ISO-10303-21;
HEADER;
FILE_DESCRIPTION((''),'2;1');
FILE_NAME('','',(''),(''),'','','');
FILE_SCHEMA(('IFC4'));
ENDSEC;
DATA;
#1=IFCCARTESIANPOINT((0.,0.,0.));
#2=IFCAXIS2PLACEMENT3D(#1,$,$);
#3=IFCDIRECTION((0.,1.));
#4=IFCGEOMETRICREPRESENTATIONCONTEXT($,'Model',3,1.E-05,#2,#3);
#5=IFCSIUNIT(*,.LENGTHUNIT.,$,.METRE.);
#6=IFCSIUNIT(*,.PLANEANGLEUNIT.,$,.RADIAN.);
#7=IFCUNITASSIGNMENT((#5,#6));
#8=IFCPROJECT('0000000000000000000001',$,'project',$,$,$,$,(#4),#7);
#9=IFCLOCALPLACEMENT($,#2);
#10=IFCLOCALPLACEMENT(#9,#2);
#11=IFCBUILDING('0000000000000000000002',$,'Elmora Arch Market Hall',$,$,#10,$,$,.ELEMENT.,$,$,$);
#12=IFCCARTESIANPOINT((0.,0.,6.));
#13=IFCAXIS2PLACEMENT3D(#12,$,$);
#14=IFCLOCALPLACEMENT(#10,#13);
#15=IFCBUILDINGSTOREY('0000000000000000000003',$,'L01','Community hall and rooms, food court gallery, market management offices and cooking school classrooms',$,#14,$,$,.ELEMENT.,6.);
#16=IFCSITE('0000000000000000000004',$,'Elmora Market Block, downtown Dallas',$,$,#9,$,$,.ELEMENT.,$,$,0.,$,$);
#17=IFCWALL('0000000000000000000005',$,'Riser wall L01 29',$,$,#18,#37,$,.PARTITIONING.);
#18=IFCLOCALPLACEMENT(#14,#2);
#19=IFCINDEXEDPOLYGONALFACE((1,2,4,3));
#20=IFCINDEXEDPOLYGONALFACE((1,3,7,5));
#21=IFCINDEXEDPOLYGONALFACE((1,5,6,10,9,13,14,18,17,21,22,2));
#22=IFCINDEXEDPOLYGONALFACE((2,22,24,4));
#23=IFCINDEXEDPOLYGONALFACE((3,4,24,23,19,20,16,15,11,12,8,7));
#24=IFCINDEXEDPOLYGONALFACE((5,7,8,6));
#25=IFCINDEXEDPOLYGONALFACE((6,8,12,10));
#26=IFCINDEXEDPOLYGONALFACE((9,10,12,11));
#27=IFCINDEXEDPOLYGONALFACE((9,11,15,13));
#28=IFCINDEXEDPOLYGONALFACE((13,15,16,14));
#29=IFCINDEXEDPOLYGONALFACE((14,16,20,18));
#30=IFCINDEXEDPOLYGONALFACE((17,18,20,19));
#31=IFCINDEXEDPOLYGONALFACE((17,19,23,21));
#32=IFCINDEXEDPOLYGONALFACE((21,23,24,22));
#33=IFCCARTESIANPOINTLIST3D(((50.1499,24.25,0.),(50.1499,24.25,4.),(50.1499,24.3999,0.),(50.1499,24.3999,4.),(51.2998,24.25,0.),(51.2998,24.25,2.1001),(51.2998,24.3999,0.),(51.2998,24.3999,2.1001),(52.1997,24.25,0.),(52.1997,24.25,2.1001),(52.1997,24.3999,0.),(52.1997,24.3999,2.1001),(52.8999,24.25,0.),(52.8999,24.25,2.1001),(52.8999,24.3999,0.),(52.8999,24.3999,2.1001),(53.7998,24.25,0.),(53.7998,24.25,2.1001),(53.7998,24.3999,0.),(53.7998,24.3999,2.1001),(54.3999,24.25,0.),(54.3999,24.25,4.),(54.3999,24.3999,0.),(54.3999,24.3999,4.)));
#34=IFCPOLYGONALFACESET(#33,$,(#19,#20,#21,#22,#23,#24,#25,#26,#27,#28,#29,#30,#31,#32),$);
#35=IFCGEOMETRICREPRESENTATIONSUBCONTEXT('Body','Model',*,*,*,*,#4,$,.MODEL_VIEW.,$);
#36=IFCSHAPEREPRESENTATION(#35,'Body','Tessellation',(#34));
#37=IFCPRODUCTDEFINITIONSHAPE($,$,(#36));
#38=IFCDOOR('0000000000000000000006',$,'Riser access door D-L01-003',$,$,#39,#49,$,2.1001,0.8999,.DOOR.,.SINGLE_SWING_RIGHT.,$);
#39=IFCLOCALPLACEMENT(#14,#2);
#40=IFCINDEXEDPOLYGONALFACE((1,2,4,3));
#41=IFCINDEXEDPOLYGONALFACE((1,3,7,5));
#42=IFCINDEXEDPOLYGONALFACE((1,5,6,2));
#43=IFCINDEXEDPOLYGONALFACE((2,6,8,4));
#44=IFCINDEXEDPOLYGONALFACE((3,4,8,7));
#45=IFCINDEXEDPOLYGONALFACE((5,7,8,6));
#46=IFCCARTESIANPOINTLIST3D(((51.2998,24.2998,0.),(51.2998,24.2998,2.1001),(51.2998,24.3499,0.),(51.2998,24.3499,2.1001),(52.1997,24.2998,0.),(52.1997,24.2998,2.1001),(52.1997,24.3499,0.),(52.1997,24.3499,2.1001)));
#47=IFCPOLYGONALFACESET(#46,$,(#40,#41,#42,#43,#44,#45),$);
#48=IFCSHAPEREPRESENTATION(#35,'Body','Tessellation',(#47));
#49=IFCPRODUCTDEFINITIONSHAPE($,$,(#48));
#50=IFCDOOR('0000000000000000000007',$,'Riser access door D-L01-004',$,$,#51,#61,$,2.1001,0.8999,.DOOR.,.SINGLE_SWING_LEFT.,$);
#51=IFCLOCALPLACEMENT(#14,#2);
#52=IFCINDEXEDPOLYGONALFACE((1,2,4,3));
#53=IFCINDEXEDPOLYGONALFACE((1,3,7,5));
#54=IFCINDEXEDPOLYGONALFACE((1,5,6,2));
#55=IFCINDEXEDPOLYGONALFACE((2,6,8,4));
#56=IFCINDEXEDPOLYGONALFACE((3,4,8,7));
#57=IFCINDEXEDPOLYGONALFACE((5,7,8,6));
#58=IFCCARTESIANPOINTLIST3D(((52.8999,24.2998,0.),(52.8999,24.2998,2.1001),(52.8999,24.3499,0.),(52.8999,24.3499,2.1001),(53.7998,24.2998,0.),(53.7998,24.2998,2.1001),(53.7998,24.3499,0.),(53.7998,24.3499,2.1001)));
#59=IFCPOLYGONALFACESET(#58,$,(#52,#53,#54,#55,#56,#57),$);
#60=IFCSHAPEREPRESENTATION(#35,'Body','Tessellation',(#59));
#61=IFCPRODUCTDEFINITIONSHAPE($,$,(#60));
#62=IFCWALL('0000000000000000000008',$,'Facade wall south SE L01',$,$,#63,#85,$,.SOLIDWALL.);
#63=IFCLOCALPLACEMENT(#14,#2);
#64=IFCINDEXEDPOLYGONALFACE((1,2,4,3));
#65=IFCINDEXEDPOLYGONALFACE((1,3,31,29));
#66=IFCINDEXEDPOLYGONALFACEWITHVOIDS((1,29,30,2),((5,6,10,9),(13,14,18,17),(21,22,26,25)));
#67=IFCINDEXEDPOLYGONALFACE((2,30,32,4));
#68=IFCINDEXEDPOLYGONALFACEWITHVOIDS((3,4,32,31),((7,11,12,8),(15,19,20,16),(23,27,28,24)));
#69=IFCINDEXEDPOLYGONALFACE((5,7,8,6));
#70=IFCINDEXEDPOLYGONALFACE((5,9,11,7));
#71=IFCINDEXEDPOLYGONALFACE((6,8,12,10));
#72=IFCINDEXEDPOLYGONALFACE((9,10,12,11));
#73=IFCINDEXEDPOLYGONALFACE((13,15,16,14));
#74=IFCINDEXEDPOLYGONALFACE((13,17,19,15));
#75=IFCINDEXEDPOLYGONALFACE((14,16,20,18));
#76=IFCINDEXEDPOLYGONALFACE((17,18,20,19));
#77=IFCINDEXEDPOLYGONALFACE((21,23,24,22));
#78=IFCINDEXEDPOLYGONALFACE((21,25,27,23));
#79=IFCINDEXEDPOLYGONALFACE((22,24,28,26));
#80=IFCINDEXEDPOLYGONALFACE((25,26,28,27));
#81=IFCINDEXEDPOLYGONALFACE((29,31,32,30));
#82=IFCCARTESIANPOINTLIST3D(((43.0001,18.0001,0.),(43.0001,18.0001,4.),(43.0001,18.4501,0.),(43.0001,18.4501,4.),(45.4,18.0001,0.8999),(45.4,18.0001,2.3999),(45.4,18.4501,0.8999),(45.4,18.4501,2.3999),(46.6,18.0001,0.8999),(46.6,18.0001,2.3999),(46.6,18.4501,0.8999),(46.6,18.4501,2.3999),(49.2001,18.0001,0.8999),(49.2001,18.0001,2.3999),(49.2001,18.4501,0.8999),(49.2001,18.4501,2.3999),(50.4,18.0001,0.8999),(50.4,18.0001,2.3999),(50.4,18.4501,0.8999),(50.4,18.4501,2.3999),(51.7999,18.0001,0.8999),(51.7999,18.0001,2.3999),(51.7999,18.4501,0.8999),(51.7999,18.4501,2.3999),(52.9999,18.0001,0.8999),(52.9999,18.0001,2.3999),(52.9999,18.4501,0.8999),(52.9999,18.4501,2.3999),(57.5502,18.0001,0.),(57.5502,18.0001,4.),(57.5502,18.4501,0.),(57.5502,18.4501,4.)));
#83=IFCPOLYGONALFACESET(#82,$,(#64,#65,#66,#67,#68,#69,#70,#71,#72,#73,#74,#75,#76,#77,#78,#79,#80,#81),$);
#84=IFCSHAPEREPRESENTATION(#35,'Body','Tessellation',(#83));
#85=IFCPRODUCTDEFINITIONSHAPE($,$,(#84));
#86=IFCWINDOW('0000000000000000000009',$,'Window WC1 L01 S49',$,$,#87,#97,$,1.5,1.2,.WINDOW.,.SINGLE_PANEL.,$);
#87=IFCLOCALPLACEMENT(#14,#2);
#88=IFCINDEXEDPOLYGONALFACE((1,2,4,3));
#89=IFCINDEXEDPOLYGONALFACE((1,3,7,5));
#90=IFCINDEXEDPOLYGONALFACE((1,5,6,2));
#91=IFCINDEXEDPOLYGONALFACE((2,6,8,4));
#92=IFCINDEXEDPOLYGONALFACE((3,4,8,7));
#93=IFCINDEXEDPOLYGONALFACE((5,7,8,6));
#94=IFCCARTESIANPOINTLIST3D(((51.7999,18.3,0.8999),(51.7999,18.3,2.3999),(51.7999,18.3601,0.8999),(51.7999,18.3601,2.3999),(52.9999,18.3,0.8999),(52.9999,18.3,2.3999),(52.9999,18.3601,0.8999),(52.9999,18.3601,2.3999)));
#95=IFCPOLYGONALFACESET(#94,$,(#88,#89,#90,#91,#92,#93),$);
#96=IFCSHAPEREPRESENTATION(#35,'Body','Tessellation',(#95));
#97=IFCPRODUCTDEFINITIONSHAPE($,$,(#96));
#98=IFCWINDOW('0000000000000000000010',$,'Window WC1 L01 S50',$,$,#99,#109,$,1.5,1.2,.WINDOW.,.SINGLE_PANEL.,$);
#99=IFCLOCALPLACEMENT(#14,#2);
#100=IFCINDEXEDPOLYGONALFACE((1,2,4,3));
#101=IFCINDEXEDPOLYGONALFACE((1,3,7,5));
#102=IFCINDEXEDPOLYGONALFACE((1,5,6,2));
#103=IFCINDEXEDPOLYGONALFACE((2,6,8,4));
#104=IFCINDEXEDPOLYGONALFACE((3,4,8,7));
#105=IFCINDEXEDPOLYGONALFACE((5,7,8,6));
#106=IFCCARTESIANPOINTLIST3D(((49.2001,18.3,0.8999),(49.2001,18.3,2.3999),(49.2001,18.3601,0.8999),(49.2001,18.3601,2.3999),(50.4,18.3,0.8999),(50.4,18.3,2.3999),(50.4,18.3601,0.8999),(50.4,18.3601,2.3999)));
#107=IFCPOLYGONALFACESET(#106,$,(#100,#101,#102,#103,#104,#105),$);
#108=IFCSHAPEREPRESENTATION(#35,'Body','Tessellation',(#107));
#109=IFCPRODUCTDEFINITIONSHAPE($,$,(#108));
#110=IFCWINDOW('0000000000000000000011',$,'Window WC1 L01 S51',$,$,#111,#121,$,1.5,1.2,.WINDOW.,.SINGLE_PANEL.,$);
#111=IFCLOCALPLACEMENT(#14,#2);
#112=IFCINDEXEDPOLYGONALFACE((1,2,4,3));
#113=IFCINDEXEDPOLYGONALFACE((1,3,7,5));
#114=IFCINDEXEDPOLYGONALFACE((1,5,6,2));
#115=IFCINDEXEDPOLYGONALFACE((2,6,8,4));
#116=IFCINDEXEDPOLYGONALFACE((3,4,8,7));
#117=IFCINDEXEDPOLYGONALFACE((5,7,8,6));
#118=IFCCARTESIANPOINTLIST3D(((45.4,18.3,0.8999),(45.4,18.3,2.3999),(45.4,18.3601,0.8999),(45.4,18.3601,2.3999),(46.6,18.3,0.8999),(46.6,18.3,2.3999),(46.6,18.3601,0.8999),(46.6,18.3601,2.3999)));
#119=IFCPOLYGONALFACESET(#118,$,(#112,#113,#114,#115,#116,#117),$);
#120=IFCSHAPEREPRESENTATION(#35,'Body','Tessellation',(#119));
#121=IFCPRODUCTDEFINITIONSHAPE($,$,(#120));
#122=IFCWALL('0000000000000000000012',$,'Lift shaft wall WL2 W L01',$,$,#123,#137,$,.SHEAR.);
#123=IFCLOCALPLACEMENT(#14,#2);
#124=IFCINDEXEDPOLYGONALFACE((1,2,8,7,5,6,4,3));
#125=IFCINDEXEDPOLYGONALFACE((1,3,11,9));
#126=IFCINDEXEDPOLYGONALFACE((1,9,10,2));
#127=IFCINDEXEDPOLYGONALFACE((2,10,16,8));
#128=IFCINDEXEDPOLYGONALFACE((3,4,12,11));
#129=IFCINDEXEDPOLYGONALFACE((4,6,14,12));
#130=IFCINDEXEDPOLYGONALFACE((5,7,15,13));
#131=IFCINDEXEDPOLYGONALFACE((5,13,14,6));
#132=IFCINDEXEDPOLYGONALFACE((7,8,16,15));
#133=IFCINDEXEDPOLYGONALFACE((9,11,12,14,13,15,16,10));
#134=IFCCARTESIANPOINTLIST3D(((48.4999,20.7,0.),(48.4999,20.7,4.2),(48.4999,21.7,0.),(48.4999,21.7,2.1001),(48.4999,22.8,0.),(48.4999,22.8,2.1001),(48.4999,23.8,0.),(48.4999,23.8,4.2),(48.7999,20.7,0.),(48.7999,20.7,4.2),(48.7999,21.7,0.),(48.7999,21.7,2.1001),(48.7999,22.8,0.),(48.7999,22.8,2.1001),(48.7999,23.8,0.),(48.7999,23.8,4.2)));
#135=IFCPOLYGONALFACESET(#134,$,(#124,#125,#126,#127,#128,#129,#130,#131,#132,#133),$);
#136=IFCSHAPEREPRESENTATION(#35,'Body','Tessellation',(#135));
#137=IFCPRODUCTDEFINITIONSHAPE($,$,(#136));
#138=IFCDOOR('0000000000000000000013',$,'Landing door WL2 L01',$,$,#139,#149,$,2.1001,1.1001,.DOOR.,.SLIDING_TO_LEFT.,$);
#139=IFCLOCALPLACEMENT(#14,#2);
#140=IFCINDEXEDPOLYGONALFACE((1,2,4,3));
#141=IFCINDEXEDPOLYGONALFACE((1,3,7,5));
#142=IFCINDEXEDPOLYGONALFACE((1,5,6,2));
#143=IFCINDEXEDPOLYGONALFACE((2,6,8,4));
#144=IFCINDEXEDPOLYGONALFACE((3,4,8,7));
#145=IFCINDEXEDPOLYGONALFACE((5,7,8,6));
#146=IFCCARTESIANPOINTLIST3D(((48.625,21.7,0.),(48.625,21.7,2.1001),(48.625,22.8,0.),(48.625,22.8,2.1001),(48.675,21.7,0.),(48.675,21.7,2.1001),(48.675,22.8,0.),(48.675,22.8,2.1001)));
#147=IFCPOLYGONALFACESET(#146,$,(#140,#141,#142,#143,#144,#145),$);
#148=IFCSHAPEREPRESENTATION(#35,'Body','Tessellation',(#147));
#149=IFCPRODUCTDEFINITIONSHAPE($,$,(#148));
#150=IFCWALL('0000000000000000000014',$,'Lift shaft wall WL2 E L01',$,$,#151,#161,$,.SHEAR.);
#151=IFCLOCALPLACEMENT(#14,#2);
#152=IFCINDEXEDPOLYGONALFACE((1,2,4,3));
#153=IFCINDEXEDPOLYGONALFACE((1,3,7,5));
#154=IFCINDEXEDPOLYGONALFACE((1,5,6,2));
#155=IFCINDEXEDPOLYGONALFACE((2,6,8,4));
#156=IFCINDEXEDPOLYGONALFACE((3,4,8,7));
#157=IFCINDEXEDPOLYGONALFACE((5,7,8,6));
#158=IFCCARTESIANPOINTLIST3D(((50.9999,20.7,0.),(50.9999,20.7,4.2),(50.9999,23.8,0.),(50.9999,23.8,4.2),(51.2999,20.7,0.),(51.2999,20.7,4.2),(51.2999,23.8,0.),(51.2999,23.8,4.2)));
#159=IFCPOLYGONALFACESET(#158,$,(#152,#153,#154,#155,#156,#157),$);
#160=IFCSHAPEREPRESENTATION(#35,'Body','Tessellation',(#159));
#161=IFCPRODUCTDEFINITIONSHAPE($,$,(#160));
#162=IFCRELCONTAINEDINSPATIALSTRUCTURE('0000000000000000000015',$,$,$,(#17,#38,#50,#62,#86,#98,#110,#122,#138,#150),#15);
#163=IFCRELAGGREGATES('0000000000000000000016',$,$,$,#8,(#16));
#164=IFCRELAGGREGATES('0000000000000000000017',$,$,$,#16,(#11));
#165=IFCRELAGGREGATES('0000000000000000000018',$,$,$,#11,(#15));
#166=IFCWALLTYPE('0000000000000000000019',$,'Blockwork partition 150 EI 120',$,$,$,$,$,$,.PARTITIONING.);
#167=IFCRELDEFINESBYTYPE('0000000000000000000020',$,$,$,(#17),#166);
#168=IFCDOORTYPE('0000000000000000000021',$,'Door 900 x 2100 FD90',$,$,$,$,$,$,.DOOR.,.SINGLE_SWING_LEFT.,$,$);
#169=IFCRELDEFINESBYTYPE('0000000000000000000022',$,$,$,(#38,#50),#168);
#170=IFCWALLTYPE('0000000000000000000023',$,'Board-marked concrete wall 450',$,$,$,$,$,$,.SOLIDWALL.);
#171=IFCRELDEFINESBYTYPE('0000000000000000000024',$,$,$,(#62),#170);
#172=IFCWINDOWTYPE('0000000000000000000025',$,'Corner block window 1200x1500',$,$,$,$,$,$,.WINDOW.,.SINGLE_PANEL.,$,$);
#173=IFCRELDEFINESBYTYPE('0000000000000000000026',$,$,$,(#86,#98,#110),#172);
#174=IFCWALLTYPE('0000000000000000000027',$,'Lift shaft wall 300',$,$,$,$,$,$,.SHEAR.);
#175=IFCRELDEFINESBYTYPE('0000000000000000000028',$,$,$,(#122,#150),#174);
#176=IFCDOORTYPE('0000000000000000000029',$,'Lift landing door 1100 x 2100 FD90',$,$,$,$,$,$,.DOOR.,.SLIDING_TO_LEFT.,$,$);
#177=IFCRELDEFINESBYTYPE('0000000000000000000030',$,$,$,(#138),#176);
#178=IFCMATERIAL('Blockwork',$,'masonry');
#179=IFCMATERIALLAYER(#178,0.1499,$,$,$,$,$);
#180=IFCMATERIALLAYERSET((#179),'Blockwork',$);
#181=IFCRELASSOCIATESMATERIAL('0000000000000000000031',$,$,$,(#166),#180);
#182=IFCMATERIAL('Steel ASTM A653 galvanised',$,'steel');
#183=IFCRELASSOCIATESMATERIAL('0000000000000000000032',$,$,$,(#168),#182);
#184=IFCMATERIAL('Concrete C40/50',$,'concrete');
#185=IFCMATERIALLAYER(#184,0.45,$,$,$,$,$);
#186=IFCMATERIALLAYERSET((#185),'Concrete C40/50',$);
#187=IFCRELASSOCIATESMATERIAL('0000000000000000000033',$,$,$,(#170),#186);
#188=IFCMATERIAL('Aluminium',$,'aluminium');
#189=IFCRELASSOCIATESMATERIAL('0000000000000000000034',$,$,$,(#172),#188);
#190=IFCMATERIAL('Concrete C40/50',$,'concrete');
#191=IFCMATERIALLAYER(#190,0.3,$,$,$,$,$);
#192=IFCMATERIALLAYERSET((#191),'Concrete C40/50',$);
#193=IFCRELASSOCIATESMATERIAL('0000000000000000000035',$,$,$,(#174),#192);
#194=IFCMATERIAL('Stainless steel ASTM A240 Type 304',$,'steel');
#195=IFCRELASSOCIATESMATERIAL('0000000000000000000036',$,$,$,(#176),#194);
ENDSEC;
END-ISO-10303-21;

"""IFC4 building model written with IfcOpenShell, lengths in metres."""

from ifc_helpers import new_model, si_unit, direction, frame, frame_2d, origin, place, context, subcontext, project, spatial, rectangle, extrude, material, layer, layer_set, type_object, element, fill, save


model = new_model("IFC4")

# Units and contexts
model_context = context("Model", 3, precision=1e-05, world=origin(), true_north=direction((0.0, 1.0)))
body_context = subcontext(model_context, "Body", "Model", "MODEL_VIEW")
ifc_project = project(units=[si_unit("LENGTHUNIT", "METRE"), si_unit("PLANEANGLEUNIT", "RADIAN")], contexts=[model_context])

# Site, building, storey
site_placement = place(None, origin())
site = spatial("IfcSite", under=ifc_project, at=site_placement, Name="Elmora Market Block, downtown Dallas", CompositionType="ELEMENT", RefElevation=0.0)
building_placement = place(site_placement, origin())
building = spatial("IfcBuilding", under=site, at=building_placement, Name="Elmora Arch Market Hall", CompositionType="ELEMENT")
storey_placement = place(building_placement, frame((0.0, 0.0, 6.0)))
storey = spatial("IfcBuildingStorey", under=building, at=storey_placement, Name="L01", Description="Community hall and rooms, food court gallery, market management offices and cooking school classrooms", CompositionType="ELEMENT", Elevation=6.0)

# Wall, openings, doors
ifc_material_1 = material(Name="Blockwork", Category="masonry")
ifc_layer_1 = layer(ifc_material_1, 0.1499)
ifc_layer_set_1 = layer_set([ifc_layer_1], Name="Blockwork")
wall_type_1 = type_object("IfcWallType", Name="Blockwork partition 150 EI 120", PredefinedType="PARTITIONING", material=ifc_layer_set_1)
wall_1_placement = place(storey_placement, frame((50.1499, 24.325, 0.0), z_axis=(0.0, 0.0, 1.0), x_axis=(1.0, 0.0, 0.0)))
wall_1 = element("IfcWall", 1, at=wall_1_placement, inside=storey, type_object=wall_type_1, Name="Riser wall L01 29", PredefinedType="PARTITIONING", context=body_context, shape_type="SweptSolid", body=[
    extrude(rectangle(XDim=4.25, YDim=0.1499, at=frame_2d((2.125, 0.0))), origin(), (0.0, 0.0, 1.0), 4.0),
])
opening_1_placement = place(wall_1_placement, frame((1.1499, 0.0, 0.0)))
opening_1 = element("IfcOpeningElement", 2, at=opening_1_placement, cuts=wall_1, PredefinedType="OPENING", context=body_context, shape_type="SweptSolid", body=[
    extrude(rectangle(XDim=0.8999, YDim=2.1001, at=frame_2d((0.45, 1.05))), frame((0.0, 0.085, 0.0), z_axis=(0.0, -1.0, 0.0), x_axis=(1.0, 0.0, 0.0)), (0.0, 0.0, 1.0), 0.1699),
])
opening_2_placement = place(wall_1_placement, frame((2.75, 0.0, 0.0)))
opening_2 = element("IfcOpeningElement", 3, at=opening_2_placement, cuts=wall_1, PredefinedType="OPENING", context=body_context, shape_type="SweptSolid", body=[
    extrude(rectangle(XDim=0.8999, YDim=2.1001, at=frame_2d((0.45, 1.05))), frame((0.0, 0.085, 0.0), z_axis=(0.0, -1.0, 0.0), x_axis=(1.0, 0.0, 0.0)), (0.0, 0.0, 1.0), 0.1699),
])
ifc_material_2 = material(Name="Steel ASTM A653 galvanised", Category="steel")
door_type_1 = type_object("IfcDoorType", Name="Door 900 x 2100 FD90", OperationType="SINGLE_SWING_LEFT", PredefinedType="DOOR", material=ifc_material_2)
door_1_placement = place(opening_1_placement, origin())
door_1 = element("IfcDoor", 4, at=door_1_placement, inside=storey, type_object=door_type_1, Name="Riser access door D-L01-003", OperationType="SINGLE_SWING_RIGHT", OverallHeight=2.1001, OverallWidth=0.8999, PredefinedType="DOOR", context=body_context, shape_type="SweptSolid", body=[
    extrude(rectangle(XDim=0.8999, YDim=2.1001, at=frame_2d((0.45, 1.05))), frame((0.0, 0.0249, 0.0), z_axis=(0.0, -1.0, 0.0), x_axis=(1.0, 0.0, 0.0)), (0.0, 0.0, 1.0), 0.05),
])
fill(opening_1, door_1)
door_2_placement = place(opening_2_placement, origin())
door_2 = element("IfcDoor", 5, at=door_2_placement, inside=storey, type_object=door_type_1, Name="Riser access door D-L01-004", OperationType="SINGLE_SWING_LEFT", OverallHeight=2.1001, OverallWidth=0.8999, PredefinedType="DOOR", context=body_context, shape_type="SweptSolid", body=[
    extrude(rectangle(XDim=0.8999, YDim=2.1001, at=frame_2d((0.45, 1.05))), frame((0.0, 0.0249, 0.0), z_axis=(0.0, -1.0, 0.0), x_axis=(1.0, 0.0, 0.0)), (0.0, 0.0, 1.0), 0.05),
])
fill(opening_2, door_2)

# Wall, openings, windows
ifc_material_3 = material(Name="Concrete C40/50", Category="concrete")
ifc_layer_2 = layer(ifc_material_3, 0.45)
ifc_layer_set_2 = layer_set([ifc_layer_2], Name="Concrete C40/50")
wall_type_2 = type_object("IfcWallType", Name="Board-marked concrete wall 450", PredefinedType="SOLIDWALL", material=ifc_layer_set_2)
wall_2_placement = place(storey_placement, frame((57.55, 18.2251, 0.0), z_axis=(0.0, 0.0, 1.0), x_axis=(-1.0, 0.0, 0.0)))
wall_2 = element("IfcWall", 6, at=wall_2_placement, inside=storey, type_object=wall_type_2, Name="Facade wall south SE L01", PredefinedType="SOLIDWALL", context=body_context, shape_type="SweptSolid", body=[
    extrude(rectangle(XDim=14.55, YDim=0.45, at=frame_2d((7.2749, 0.0))), origin(), (0.0, 0.0, 1.0), 4.0),
])
opening_3_placement = place(wall_2_placement, frame((4.55, 0.0, 0.8999)))
opening_3 = element("IfcOpeningElement", 7, at=opening_3_placement, cuts=wall_2, PredefinedType="OPENING", context=body_context, shape_type="SweptSolid", body=[
    extrude(rectangle(XDim=1.2, YDim=1.5, at=frame_2d((0.6001, 0.75))), frame((0.0, 0.2349, 0.0), z_axis=(0.0, -1.0, 0.0), x_axis=(1.0, 0.0, 0.0)), (0.0, 0.0, 1.0), 0.47),
])
opening_4_placement = place(wall_2_placement, frame((7.1499, 0.0, 0.8999)))
opening_4 = element("IfcOpeningElement", 8, at=opening_4_placement, cuts=wall_2, PredefinedType="OPENING", context=body_context, shape_type="SweptSolid", body=[
    extrude(rectangle(XDim=1.2, YDim=1.5, at=frame_2d((0.6001, 0.75))), frame((0.0, 0.2349, 0.0), z_axis=(0.0, -1.0, 0.0), x_axis=(1.0, 0.0, 0.0)), (0.0, 0.0, 1.0), 0.47),
])
opening_5_placement = place(wall_2_placement, frame((10.95, 0.0, 0.8999)))
opening_5 = element("IfcOpeningElement", 9, at=opening_5_placement, cuts=wall_2, PredefinedType="OPENING", context=body_context, shape_type="SweptSolid", body=[
    extrude(rectangle(XDim=1.2, YDim=1.5, at=frame_2d((0.6001, 0.75))), frame((0.0, 0.2349, 0.0), z_axis=(0.0, -1.0, 0.0), x_axis=(1.0, 0.0, 0.0)), (0.0, 0.0, 1.0), 0.47),
])
ifc_material_4 = material(Name="Aluminium", Category="aluminium")
window_type = type_object("IfcWindowType", Name="Corner block window 1200x1500", PartitioningType="SINGLE_PANEL", PredefinedType="WINDOW", material=ifc_material_4)
window_1_placement = place(opening_3_placement, origin())
window_1 = element("IfcWindow", 10, at=window_1_placement, inside=storey, type_object=window_type, Name="Window WC1 L01 S49", OverallHeight=1.5, OverallWidth=1.2, PartitioningType="SINGLE_PANEL", PredefinedType="WINDOW", context=body_context, shape_type="SweptSolid", body=[
    extrude(rectangle(XDim=1.2, YDim=1.5, at=frame_2d((0.6001, 0.75))), frame((0.0, -0.075, 0.0), z_axis=(0.0, -1.0, 0.0), x_axis=(1.0, 0.0, 0.0)), (0.0, 0.0, 1.0), 0.0601),
])
fill(opening_3, window_1)
window_2_placement = place(opening_4_placement, origin())
window_2 = element("IfcWindow", 11, at=window_2_placement, inside=storey, type_object=window_type, Name="Window WC1 L01 S50", OverallHeight=1.5, OverallWidth=1.2, PartitioningType="SINGLE_PANEL", PredefinedType="WINDOW", context=body_context, shape_type="SweptSolid", body=[
    extrude(rectangle(XDim=1.2, YDim=1.5, at=frame_2d((0.6001, 0.75))), frame((0.0, -0.075, 0.0), z_axis=(0.0, -1.0, 0.0), x_axis=(1.0, 0.0, 0.0)), (0.0, 0.0, 1.0), 0.0601),
])
fill(opening_4, window_2)
window_3_placement = place(opening_5_placement, origin())
window_3 = element("IfcWindow", 12, at=window_3_placement, inside=storey, type_object=window_type, Name="Window WC1 L01 S51", OverallHeight=1.5, OverallWidth=1.2, PartitioningType="SINGLE_PANEL", PredefinedType="WINDOW", context=body_context, shape_type="SweptSolid", body=[
    extrude(rectangle(XDim=1.2, YDim=1.5, at=frame_2d((0.6001, 0.75))), frame((0.0, -0.075, 0.0), z_axis=(0.0, -1.0, 0.0), x_axis=(1.0, 0.0, 0.0)), (0.0, 0.0, 1.0), 0.0601),
])
fill(opening_5, window_3)

# Wall, opening, door
ifc_material_5 = material(Name="Concrete C40/50", Category="concrete")
ifc_layer_3 = layer(ifc_material_5, 0.3)
ifc_layer_set_3 = layer_set([ifc_layer_3], Name="Concrete C40/50")
wall_type_3 = type_object("IfcWallType", Name="Lift shaft wall 300", PredefinedType="SHEAR", material=ifc_layer_set_3)
wall_3_placement = place(storey_placement, frame((48.6499, 20.7, 0.0), z_axis=(0.0, 0.0, 1.0), x_axis=(0.0, 1.0, 0.0)))
wall_3 = element("IfcWall", 13, at=wall_3_placement, inside=storey, type_object=wall_type_3, Name="Lift shaft wall WL2 W L01", PredefinedType="SHEAR", context=body_context, shape_type="SweptSolid", body=[
    extrude(rectangle(XDim=3.1001, YDim=0.3, at=frame_2d((1.55, 0.0))), origin(), (0.0, 0.0, 1.0), 4.2),
])
opening_6_placement = place(wall_3_placement, frame((1.0, 0.0, 0.0)))
opening_6 = element("IfcOpeningElement", 14, at=opening_6_placement, cuts=wall_3, PredefinedType="OPENING", context=body_context, shape_type="SweptSolid", body=[
    extrude(rectangle(XDim=1.1001, YDim=2.1001, at=frame_2d((0.55, 1.05))), frame((0.0, 0.1599, 0.0), z_axis=(0.0, -1.0, 0.0), x_axis=(1.0, 0.0, 0.0)), (0.0, 0.0, 1.0), 0.3201),
])
ifc_material_6 = material(Name="Stainless steel ASTM A240 Type 304", Category="steel")
door_type_2 = type_object("IfcDoorType", Name="Lift landing door 1100 x 2100 FD90", OperationType="SLIDING_TO_LEFT", PredefinedType="DOOR", material=ifc_material_6)
door_3_placement = place(opening_6_placement, origin())
door_3 = element("IfcDoor", 15, at=door_3_placement, inside=storey, type_object=door_type_2, Name="Landing door WL2 L01", OperationType="SLIDING_TO_LEFT", OverallHeight=2.1001, OverallWidth=1.1001, PredefinedType="DOOR", context=body_context, shape_type="SweptSolid", body=[
    extrude(rectangle(XDim=1.1001, YDim=2.1001, at=frame_2d((0.55, 1.05))), frame((0.0, 0.0249, 0.0), z_axis=(0.0, -1.0, 0.0), x_axis=(1.0, 0.0, 0.0)), (0.0, 0.0, 1.0), 0.05),
])
fill(opening_6, door_3)

# Wall
wall_4_placement = place(storey_placement, frame((51.1499, 20.7, 0.0), z_axis=(0.0, 0.0, 1.0), x_axis=(0.0, 1.0, 0.0)))
element("IfcWall", 16, at=wall_4_placement, inside=storey, type_object=wall_type_3, Name="Lift shaft wall WL2 E L01", PredefinedType="SHEAR", context=body_context, shape_type="SweptSolid", body=[
    extrude(rectangle(XDim=3.1001, YDim=0.3, at=frame_2d((1.55, 0.0))), origin(), (0.0, 0.0, 1.0), 4.2),
])

save(model, "model.ifc")
